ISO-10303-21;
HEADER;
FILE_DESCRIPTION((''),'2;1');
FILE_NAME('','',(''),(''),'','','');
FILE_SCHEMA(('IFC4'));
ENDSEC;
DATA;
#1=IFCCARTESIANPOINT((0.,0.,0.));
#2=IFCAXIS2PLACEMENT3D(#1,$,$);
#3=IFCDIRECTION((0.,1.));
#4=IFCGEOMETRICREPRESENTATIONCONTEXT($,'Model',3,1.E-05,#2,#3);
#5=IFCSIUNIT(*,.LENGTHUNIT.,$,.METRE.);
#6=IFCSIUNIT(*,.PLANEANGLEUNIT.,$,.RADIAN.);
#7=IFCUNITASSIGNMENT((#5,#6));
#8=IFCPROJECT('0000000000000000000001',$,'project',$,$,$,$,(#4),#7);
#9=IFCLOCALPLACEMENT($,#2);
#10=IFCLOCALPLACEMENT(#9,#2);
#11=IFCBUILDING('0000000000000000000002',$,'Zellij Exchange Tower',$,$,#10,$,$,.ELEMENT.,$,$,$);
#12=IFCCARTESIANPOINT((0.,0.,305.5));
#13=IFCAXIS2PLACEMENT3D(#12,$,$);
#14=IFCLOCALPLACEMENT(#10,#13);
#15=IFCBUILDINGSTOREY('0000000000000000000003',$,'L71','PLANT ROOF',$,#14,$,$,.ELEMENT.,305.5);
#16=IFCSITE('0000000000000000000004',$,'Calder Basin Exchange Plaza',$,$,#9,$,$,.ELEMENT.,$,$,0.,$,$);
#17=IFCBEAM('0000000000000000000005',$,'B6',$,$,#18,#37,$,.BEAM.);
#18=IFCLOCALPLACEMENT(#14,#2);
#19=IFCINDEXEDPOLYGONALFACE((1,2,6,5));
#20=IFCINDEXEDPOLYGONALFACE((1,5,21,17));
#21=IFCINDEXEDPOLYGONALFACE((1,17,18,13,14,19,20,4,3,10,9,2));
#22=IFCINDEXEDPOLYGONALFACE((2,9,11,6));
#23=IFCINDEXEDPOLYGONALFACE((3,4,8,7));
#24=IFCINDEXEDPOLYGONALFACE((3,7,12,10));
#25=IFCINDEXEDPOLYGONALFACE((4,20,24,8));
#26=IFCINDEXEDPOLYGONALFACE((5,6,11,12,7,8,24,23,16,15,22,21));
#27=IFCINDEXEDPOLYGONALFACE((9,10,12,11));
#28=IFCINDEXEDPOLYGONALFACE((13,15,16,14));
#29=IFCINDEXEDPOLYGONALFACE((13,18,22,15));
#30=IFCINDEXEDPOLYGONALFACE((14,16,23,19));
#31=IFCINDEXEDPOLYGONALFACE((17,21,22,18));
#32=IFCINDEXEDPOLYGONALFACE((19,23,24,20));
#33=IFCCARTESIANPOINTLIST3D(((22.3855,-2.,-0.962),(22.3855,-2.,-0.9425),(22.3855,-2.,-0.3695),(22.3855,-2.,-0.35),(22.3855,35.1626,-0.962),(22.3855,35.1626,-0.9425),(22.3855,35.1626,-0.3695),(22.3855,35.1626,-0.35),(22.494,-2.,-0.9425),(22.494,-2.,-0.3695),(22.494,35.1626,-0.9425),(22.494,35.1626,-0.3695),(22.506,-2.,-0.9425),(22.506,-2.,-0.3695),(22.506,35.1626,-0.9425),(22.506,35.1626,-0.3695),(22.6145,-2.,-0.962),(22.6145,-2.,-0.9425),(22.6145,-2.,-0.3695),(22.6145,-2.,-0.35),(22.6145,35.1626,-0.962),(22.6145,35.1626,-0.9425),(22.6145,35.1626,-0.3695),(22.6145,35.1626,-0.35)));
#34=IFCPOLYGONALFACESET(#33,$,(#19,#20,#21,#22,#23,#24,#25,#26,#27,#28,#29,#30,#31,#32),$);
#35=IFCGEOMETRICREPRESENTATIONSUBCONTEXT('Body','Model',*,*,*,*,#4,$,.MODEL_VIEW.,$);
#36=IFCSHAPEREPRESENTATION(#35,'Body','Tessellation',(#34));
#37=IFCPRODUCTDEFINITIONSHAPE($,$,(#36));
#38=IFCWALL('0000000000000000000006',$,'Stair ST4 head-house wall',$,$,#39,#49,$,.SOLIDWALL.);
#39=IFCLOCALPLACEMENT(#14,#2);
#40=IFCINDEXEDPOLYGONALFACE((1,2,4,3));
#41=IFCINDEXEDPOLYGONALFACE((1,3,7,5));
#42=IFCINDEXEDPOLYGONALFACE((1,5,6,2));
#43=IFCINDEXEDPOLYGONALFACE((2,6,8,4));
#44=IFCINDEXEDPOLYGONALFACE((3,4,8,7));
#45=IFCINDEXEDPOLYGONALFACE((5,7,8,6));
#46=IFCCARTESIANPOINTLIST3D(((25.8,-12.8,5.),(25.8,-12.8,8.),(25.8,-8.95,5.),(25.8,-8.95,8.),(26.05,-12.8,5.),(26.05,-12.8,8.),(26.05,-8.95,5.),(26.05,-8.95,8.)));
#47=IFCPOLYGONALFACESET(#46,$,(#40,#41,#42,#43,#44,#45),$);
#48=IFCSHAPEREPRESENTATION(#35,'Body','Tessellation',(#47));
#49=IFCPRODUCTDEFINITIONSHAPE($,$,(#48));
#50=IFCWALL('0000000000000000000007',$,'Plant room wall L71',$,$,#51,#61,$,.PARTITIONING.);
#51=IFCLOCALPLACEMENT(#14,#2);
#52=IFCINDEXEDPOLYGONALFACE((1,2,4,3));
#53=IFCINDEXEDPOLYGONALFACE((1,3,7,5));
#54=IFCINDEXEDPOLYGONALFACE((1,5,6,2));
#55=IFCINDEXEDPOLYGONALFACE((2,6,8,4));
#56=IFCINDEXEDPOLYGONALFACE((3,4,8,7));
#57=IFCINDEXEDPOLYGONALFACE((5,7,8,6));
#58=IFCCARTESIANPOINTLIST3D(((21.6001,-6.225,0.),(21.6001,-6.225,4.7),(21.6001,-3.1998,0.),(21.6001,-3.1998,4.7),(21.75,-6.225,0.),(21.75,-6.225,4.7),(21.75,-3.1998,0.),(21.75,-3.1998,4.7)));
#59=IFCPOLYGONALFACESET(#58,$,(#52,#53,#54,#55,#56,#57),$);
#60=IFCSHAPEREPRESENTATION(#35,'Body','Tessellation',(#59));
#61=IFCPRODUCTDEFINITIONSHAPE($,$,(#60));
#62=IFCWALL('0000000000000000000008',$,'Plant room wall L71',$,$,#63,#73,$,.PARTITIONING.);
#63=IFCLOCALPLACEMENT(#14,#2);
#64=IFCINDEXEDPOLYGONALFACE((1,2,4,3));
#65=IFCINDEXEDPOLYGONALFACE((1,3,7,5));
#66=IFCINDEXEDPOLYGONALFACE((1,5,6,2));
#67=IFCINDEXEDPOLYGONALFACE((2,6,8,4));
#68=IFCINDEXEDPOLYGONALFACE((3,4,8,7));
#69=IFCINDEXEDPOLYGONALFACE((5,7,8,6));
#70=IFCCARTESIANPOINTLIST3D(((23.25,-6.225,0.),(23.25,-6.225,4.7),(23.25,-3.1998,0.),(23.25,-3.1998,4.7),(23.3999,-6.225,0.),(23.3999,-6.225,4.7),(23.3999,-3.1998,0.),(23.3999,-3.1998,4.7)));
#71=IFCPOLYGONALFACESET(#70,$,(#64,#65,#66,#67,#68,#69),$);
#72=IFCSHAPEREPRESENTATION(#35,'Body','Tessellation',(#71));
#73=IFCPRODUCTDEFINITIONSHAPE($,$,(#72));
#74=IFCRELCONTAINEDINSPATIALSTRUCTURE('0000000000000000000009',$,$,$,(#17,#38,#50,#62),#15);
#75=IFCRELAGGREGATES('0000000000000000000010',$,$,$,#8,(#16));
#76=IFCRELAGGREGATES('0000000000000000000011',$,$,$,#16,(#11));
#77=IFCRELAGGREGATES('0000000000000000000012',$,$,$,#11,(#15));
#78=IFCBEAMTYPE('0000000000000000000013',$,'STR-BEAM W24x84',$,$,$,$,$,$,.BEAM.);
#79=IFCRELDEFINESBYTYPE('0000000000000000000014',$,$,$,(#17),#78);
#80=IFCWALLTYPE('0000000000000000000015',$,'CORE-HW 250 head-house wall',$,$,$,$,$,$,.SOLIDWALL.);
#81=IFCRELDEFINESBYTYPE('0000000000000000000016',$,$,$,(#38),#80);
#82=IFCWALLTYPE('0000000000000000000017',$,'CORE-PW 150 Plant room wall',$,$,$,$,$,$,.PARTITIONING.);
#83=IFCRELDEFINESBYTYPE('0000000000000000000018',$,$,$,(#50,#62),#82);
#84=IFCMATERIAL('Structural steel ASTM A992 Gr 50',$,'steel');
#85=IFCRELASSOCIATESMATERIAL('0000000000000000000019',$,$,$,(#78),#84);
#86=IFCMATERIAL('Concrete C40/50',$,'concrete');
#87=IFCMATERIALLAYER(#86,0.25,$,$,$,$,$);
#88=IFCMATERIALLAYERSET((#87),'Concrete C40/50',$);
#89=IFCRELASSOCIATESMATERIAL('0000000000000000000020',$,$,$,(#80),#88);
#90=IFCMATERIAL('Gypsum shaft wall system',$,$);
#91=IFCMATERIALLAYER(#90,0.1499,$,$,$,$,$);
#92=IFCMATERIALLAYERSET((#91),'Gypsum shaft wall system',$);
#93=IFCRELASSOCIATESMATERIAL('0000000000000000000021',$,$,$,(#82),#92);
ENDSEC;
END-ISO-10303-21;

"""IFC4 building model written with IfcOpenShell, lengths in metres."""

from ifc_helpers import new_model, si_unit, direction, frame, frame_2d, origin, origin_2d, place, context, subcontext, project, spatial, rectangle, i_section, extrude, material, layer, layer_set, material_profile, profile_set, type_object, element, save


model = new_model("IFC4")

# Units and contexts
model_context = context("Model", 3, precision=1e-05, world=origin(), true_north=direction((0.0, 1.0)))
body_context = subcontext(model_context, "Body", "Model", "MODEL_VIEW")
ifc_project = project(units=[si_unit("LENGTHUNIT", "METRE"), si_unit("PLANEANGLEUNIT", "RADIAN")], contexts=[model_context])

# Site, building, storey
site_placement = place(None, origin())
site = spatial("IfcSite", under=ifc_project, at=site_placement, Name="Calder Basin Exchange Plaza", CompositionType="ELEMENT", RefElevation=0.0)
building_placement = place(site_placement, origin())
building = spatial("IfcBuilding", under=site, at=building_placement, Name="Zellij Exchange Tower", CompositionType="ELEMENT")
storey_placement = place(building_placement, frame((0.0, 0.0, 305.5)))
storey = spatial("IfcBuildingStorey", under=building, at=storey_placement, Name="L71", Description="PLANT ROOF", CompositionType="ELEMENT", Elevation=305.5)

# Beam
ifc_material_1 = material(Name="Structural steel ASTM A992 Gr 50", Category="steel")
ifc_material_profile = material_profile(ifc_material_1, i_section(OverallWidth=0.229, OverallDepth=0.6121, WebThickness=0.012, FlangeThickness=0.0195, at=origin_2d()), Name="W24x84")
ifc_profile_set = profile_set([ifc_material_profile], Name="Structural steel ASTM A992 Gr 50")
beam_type = type_object("IfcBeamType", Name="STR-BEAM W24x84", PredefinedType="BEAM", material=ifc_profile_set)
beam_placement = place(storey_placement, frame((22.5, -2.0, -0.656), z_axis=(0.0, 1.0, 0.0), x_axis=(-1.0, 0.0, 0.0)))
element("IfcBeam", 1, at=beam_placement, inside=storey, type_object=beam_type, Name="B6", PredefinedType="BEAM", context=body_context, shape_type="SweptSolid", body=[
    extrude(i_section(OverallWidth=0.229, OverallDepth=0.6121, WebThickness=0.012, FlangeThickness=0.0195, at=origin_2d()), origin(), (0.0, 0.0, 1.0), 37.1626),
])

# Walls
ifc_material_2 = material(Name="Concrete C40/50", Category="concrete")
ifc_layer_1 = layer(ifc_material_2, 0.25)
ifc_layer_set_1 = layer_set([ifc_layer_1], Name="Concrete C40/50")
wall_type_1 = type_object("IfcWallType", Name="CORE-HW 250 head-house wall", PredefinedType="SOLIDWALL", material=ifc_layer_set_1)
wall_1_placement = place(storey_placement, frame((25.925, -12.8, 5.0), z_axis=(0.0, 0.0, 1.0), x_axis=(0.0, 1.0, 0.0)))
element("IfcWall", 2, at=wall_1_placement, inside=storey, type_object=wall_type_1, Name="Stair ST4 head-house wall", PredefinedType="SOLIDWALL", context=body_context, shape_type="SweptSolid", body=[
    extrude(rectangle(XDim=3.8501, YDim=0.25, at=frame_2d((1.925, 0.0))), origin(), (0.0, 0.0, 1.0), 3.0),
])
ifc_material_3 = material(Name="Gypsum shaft wall system")
ifc_layer_2 = layer(ifc_material_3, 0.1499)
ifc_layer_set_2 = layer_set([ifc_layer_2], Name="Gypsum shaft wall system")
wall_type_2 = type_object("IfcWallType", Name="CORE-PW 150 Plant room wall", PredefinedType="PARTITIONING", material=ifc_layer_set_2)
for number, where, z_axis, x_axis, name in (
    (3, (21.675, -6.2251, 0.0), (0.0, 0.0, 1.0), (0.0, 1.0, 0.0), "Plant room wall L71"),
    (4, (23.325, -6.2251, 0.0), (0.0, 0.0, 1.0), (0.0, 1.0, 0.0), "Plant room wall L71"),
):
    element("IfcWall", number, at=place(storey_placement, frame(where, z_axis=z_axis, x_axis=x_axis)), inside=storey, type_object=wall_type_2, Name=name, PredefinedType="PARTITIONING", context=body_context, shape_type="SweptSolid", body=[
        extrude(rectangle(XDim=3.0251, YDim=0.1499, at=frame_2d((1.5127, 0.0))), origin(), (0.0, 0.0, 1.0), 4.7),
    ])

save(model, "model.ifc")
